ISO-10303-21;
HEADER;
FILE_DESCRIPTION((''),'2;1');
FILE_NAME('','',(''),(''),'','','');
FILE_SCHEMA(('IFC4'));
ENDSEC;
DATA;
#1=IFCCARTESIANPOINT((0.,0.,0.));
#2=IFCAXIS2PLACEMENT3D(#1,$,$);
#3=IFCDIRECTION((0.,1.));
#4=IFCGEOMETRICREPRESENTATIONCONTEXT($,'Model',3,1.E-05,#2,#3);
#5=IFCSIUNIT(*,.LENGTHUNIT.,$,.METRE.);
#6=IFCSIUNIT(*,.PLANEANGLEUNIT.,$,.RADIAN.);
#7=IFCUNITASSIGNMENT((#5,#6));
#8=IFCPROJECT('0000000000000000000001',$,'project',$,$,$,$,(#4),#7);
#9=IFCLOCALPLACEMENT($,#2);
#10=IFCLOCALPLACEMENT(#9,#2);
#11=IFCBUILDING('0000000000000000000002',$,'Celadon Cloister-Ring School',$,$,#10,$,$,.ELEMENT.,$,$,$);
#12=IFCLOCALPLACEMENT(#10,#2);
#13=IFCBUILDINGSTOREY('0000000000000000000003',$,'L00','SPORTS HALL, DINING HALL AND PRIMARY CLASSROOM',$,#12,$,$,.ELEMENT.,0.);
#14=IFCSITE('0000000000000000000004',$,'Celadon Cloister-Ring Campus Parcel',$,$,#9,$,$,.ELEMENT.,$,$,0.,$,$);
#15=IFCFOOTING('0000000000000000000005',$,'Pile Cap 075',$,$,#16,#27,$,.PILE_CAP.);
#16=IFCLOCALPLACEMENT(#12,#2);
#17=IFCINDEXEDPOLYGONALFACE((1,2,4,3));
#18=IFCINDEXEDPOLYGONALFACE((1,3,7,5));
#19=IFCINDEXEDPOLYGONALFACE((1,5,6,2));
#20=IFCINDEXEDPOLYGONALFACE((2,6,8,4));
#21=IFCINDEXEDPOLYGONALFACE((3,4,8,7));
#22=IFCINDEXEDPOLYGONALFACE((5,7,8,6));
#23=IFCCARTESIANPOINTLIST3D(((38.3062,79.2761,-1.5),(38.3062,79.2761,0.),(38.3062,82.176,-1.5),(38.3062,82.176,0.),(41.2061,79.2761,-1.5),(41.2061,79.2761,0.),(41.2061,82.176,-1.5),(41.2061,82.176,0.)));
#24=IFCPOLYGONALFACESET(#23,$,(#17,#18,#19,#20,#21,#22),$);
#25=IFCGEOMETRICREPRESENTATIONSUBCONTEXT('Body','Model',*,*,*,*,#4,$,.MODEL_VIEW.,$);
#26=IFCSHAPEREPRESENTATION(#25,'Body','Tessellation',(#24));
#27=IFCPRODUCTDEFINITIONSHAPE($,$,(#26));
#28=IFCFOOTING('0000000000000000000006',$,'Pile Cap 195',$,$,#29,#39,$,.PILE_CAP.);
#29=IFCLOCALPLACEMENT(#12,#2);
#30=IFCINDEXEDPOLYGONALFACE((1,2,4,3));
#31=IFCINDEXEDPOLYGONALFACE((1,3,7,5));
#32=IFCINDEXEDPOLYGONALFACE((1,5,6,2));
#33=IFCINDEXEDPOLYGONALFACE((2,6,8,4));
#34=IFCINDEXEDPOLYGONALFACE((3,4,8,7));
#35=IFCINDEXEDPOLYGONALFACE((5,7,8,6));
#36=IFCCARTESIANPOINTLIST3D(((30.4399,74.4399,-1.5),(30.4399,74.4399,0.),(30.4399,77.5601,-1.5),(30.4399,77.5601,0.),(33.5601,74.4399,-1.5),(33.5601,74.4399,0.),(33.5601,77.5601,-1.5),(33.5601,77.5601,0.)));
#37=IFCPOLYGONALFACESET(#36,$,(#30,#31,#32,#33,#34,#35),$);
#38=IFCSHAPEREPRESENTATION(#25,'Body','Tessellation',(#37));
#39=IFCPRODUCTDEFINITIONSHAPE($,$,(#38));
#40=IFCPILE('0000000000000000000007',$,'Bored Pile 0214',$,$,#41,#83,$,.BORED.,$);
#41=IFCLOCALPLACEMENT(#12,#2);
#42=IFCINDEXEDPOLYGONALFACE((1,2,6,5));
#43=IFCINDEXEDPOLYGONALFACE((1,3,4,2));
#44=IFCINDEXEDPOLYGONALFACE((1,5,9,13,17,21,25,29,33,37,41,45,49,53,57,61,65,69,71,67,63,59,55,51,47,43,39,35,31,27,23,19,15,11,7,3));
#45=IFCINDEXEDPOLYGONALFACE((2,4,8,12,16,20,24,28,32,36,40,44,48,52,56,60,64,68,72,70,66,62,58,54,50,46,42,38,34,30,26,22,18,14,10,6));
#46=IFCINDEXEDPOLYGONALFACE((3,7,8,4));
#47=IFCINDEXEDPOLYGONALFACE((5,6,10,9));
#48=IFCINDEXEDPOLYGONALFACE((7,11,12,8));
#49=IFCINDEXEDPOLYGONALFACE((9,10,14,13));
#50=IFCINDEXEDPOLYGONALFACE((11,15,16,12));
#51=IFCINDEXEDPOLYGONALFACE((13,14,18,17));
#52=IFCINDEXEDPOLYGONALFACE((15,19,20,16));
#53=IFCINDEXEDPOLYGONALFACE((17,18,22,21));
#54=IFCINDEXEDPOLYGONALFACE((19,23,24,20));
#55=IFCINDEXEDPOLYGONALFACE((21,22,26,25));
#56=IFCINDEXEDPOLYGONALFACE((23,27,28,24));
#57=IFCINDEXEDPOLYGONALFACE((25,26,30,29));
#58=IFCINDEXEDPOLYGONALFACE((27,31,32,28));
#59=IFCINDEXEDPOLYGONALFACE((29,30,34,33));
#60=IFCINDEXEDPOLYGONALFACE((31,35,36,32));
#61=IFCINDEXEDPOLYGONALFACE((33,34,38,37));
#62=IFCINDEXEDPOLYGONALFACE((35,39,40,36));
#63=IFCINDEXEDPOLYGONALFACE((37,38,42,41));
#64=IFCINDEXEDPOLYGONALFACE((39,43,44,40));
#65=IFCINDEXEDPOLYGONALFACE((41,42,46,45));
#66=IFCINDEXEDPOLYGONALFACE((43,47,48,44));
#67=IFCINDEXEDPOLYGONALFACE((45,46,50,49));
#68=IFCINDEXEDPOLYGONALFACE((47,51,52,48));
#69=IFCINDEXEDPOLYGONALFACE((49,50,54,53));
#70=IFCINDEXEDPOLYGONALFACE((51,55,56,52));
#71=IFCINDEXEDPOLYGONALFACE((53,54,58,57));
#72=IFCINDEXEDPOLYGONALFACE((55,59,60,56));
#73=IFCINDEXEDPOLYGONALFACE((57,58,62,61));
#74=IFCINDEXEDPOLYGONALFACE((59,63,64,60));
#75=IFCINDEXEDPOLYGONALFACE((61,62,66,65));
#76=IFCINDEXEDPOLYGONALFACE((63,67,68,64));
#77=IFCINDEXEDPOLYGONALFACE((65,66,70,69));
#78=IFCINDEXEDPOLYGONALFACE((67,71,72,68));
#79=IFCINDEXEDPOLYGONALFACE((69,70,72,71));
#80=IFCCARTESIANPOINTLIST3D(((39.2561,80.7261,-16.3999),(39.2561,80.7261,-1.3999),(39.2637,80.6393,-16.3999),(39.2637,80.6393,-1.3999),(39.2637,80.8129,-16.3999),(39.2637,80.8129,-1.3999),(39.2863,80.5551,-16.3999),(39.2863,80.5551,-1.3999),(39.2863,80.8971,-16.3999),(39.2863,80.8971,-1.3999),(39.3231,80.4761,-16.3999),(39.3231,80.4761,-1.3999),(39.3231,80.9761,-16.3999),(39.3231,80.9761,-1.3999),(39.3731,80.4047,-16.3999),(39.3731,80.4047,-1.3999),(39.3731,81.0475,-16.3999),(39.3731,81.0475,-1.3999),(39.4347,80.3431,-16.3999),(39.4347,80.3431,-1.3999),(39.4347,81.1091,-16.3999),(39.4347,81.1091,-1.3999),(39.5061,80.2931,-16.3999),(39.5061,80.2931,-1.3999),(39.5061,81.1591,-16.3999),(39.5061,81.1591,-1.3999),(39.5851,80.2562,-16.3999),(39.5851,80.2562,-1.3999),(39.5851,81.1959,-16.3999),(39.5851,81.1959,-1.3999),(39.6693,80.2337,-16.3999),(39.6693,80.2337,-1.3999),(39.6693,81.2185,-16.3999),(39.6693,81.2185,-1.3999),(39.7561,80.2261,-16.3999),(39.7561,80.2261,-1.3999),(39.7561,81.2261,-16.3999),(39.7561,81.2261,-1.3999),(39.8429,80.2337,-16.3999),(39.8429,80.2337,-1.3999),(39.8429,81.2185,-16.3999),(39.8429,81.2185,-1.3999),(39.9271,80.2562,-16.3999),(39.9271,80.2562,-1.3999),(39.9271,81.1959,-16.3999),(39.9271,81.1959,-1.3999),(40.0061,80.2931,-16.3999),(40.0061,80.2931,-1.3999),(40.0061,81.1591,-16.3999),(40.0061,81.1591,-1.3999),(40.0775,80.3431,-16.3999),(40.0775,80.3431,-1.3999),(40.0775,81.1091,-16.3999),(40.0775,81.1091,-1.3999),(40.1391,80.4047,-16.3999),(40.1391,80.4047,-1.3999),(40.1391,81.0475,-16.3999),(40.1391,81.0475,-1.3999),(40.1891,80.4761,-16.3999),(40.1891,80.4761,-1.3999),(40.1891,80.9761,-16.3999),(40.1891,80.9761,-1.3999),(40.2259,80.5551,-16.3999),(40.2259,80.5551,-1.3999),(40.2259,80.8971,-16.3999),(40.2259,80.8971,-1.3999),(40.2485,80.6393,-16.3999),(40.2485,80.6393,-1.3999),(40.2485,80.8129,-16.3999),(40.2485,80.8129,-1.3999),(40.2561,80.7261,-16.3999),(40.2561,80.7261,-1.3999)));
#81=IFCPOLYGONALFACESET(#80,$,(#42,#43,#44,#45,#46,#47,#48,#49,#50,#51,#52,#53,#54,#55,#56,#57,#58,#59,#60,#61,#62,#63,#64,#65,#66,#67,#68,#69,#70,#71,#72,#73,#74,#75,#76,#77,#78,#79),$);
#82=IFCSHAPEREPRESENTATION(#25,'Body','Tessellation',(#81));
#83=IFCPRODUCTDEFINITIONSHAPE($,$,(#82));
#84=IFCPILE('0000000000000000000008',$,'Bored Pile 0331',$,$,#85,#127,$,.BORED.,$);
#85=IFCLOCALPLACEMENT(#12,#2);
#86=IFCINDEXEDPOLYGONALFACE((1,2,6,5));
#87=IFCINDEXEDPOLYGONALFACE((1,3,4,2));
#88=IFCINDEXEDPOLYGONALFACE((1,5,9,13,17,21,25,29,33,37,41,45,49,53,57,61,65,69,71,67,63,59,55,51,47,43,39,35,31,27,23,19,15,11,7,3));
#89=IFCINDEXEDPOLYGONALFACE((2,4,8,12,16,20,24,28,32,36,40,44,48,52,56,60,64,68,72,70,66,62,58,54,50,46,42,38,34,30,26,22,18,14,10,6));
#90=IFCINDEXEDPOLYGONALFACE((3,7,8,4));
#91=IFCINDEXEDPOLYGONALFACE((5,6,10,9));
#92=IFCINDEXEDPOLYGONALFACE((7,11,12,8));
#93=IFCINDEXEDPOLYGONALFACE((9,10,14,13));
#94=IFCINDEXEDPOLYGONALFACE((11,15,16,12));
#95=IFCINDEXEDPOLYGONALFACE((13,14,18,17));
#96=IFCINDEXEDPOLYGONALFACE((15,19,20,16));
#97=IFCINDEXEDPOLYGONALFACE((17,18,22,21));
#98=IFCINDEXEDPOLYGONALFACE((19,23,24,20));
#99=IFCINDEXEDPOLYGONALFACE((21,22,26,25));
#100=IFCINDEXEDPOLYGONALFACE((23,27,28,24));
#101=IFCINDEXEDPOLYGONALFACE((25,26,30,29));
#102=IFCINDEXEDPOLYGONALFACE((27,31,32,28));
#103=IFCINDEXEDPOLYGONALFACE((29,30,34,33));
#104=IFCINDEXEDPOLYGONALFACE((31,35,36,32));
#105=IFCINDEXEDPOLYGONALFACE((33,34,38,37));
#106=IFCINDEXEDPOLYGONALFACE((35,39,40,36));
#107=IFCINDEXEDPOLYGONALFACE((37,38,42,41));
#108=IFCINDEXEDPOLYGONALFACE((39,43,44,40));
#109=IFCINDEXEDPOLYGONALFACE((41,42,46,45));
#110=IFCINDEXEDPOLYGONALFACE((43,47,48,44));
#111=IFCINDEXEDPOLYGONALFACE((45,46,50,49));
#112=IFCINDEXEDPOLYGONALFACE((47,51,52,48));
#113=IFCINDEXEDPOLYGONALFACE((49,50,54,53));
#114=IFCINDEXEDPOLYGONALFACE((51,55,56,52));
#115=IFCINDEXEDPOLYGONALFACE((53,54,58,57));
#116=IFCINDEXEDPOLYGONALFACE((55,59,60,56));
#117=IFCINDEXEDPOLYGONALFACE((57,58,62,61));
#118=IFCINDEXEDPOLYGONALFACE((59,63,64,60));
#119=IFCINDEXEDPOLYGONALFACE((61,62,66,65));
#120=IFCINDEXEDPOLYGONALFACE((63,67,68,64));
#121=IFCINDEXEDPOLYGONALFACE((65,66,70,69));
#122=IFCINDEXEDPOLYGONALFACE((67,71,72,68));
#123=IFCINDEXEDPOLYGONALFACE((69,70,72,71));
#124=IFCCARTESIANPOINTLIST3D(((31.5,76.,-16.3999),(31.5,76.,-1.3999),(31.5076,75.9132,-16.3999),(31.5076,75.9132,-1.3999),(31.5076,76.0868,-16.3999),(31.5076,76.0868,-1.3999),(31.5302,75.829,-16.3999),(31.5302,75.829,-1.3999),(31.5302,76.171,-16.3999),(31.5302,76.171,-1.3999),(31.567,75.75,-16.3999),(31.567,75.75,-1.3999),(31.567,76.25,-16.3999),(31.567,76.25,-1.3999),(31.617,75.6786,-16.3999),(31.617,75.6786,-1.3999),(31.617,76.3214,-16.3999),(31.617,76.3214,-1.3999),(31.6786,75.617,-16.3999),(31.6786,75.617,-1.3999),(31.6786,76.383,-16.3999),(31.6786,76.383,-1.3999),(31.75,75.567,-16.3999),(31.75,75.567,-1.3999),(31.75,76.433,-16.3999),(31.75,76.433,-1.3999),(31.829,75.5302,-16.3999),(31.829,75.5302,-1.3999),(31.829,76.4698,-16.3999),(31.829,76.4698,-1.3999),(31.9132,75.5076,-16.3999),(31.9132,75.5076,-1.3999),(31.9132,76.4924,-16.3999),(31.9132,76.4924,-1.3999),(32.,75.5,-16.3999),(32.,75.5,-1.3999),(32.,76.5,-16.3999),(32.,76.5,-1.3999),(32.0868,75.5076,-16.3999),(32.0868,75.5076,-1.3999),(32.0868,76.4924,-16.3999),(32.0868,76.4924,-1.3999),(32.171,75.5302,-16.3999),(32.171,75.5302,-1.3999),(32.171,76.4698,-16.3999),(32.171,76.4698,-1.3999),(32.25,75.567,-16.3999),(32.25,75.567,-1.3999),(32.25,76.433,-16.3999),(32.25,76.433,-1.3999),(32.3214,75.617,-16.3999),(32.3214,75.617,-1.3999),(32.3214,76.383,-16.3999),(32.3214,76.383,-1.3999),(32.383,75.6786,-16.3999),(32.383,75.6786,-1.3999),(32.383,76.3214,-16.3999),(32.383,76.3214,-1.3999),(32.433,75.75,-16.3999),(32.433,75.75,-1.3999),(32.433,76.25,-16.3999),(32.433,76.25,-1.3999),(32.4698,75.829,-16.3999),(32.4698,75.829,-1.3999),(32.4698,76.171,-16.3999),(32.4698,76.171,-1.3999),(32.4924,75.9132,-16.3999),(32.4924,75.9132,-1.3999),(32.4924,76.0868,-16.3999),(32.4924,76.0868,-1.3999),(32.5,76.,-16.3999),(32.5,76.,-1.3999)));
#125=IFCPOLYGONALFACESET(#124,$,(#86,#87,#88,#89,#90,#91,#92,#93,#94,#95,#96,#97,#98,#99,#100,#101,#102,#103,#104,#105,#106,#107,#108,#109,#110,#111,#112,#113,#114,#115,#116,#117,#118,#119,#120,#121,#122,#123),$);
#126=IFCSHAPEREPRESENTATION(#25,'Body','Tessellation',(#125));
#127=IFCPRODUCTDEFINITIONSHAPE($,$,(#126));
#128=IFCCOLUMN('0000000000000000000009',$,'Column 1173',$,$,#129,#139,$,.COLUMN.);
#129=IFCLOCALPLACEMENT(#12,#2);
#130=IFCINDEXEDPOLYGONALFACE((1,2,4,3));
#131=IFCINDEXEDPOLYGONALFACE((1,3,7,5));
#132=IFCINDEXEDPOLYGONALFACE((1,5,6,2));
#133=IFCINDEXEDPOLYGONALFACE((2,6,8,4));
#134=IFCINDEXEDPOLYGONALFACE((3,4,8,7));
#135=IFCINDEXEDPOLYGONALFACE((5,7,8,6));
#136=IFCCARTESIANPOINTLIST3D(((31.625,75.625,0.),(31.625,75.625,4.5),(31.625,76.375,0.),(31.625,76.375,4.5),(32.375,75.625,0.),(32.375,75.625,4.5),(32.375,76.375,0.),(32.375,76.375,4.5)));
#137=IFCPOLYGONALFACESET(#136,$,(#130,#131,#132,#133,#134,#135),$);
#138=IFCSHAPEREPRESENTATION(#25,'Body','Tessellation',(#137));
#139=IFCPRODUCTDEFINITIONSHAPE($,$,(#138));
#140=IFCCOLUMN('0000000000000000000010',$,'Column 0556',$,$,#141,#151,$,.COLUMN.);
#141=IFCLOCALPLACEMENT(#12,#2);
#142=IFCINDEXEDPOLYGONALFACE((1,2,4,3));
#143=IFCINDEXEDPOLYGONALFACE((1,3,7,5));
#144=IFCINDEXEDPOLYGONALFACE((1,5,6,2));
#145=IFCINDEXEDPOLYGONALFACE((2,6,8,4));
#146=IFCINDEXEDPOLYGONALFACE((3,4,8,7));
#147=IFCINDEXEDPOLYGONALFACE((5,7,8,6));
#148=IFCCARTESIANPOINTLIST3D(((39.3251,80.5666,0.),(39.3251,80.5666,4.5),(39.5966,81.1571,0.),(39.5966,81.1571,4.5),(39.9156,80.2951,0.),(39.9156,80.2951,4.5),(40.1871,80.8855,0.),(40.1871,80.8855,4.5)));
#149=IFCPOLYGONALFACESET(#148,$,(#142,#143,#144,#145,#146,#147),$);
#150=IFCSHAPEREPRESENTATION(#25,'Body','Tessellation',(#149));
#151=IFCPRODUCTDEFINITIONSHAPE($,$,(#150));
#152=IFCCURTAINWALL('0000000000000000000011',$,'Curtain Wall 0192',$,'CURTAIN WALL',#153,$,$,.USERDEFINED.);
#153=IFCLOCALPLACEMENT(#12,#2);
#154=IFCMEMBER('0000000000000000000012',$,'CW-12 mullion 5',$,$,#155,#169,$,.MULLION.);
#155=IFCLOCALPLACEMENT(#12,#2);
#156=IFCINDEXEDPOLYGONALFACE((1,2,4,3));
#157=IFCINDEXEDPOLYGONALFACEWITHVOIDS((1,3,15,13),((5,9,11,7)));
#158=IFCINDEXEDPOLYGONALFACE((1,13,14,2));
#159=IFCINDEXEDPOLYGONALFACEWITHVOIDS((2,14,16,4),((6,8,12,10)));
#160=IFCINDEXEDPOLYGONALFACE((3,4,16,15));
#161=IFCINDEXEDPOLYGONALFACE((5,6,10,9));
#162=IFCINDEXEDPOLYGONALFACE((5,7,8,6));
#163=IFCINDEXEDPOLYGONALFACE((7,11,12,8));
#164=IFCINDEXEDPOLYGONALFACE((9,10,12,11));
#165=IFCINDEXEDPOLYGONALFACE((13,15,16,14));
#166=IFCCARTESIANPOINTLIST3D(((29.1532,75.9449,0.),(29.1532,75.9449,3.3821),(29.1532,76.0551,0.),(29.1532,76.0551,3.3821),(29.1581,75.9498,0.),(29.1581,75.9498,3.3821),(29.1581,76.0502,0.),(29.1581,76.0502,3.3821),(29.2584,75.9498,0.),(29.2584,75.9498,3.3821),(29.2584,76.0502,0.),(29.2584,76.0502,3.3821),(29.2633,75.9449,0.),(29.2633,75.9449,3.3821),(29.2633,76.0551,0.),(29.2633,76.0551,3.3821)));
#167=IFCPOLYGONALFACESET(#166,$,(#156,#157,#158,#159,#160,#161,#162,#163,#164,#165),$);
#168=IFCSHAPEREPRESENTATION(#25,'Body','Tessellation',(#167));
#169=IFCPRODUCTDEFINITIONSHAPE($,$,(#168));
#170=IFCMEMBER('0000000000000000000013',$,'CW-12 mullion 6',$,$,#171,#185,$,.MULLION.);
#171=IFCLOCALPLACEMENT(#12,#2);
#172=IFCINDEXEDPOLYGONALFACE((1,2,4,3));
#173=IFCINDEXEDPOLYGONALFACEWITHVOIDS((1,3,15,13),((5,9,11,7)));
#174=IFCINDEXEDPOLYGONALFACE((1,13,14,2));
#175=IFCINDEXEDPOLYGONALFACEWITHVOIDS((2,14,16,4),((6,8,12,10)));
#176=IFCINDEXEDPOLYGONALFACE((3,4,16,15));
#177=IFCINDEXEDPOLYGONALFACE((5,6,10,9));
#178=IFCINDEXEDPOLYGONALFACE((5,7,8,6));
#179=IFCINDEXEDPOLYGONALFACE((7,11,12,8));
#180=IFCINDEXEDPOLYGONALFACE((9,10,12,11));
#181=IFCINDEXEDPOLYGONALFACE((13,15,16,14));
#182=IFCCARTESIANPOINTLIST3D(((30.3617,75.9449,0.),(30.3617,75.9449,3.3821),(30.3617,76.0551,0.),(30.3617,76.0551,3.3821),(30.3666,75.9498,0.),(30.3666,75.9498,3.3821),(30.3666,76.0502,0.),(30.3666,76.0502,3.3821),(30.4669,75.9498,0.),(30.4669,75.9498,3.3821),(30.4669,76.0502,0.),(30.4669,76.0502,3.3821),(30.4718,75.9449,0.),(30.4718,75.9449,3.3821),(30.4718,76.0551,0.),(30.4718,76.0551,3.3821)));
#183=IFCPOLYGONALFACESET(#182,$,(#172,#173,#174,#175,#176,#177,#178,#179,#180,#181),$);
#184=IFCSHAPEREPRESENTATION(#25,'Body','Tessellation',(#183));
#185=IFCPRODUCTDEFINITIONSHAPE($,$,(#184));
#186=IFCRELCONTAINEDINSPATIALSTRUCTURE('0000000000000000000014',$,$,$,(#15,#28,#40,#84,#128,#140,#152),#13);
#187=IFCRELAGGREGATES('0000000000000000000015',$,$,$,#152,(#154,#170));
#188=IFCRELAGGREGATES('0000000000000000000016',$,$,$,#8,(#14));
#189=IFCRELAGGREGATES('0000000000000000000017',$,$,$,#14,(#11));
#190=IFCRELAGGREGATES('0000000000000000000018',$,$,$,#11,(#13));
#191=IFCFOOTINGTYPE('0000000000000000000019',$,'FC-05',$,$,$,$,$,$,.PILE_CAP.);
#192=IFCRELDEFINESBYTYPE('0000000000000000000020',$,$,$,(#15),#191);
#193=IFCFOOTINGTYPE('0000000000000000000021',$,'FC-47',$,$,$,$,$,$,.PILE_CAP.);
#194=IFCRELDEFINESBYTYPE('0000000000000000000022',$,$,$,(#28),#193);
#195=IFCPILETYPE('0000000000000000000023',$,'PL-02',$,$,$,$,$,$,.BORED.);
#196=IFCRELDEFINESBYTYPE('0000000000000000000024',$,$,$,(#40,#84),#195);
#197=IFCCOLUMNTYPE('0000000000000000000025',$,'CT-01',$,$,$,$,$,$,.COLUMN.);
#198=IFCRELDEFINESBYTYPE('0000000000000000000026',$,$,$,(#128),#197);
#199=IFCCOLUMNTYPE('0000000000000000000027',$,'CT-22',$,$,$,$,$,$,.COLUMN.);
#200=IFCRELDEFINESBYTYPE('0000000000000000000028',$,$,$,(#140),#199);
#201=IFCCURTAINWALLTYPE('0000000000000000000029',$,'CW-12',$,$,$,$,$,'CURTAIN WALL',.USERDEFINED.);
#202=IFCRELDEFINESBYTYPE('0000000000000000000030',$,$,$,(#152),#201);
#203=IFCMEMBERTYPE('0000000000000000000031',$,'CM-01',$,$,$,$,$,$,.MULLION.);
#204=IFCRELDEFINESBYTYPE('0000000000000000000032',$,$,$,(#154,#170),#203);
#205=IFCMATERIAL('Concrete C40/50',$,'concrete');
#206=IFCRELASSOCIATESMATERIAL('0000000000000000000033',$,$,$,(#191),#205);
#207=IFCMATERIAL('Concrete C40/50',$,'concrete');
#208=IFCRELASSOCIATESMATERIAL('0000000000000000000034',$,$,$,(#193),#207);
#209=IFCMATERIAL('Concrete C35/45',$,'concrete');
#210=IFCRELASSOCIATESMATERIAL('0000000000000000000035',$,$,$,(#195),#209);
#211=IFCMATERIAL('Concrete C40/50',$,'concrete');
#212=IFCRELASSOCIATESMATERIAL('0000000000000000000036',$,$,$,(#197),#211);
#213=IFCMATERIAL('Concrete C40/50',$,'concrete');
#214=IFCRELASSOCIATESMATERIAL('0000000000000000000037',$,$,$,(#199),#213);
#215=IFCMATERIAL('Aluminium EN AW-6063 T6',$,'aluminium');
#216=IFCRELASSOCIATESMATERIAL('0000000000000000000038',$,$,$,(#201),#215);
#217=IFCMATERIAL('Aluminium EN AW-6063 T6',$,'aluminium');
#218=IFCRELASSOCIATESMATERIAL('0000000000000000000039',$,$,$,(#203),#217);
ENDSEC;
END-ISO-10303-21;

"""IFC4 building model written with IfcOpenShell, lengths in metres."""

from ifc_helpers import new_model, si_unit, direction, frame, origin, origin_2d, place, context, subcontext, project, spatial, rectangle, hollow_rectangle, circle, extrude, material, material_profile, profile_set, type_object, element, aggregate, save


model = new_model("IFC4")

# Units and contexts
model_context = context("Model", 3, precision=1e-05, world=origin(), true_north=direction((0.0, 1.0)))
body_context = subcontext(model_context, "Body", "Model", "MODEL_VIEW")
ifc_project = project(units=[si_unit("LENGTHUNIT", "METRE"), si_unit("PLANEANGLEUNIT", "RADIAN")], contexts=[model_context])

# Site, building, storey
site_placement = place(None, origin())
site = spatial("IfcSite", under=ifc_project, at=site_placement, Name="Celadon Cloister-Ring Campus Parcel", CompositionType="ELEMENT", RefElevation=0.0)
building_placement = place(site_placement, origin())
building = spatial("IfcBuilding", under=site, at=building_placement, Name="Celadon Cloister-Ring School", CompositionType="ELEMENT")
storey_placement = place(building_placement, origin())
storey = spatial("IfcBuildingStorey", under=building, at=storey_placement, Name="L00", Description="SPORTS HALL, DINING HALL AND PRIMARY CLASSROOM", CompositionType="ELEMENT", Elevation=0.0)

# Footings
ifc_material_1 = material(Name="Concrete C40/50", Category="concrete")
footing_type_1 = type_object("IfcFootingType", Name="FC-05", PredefinedType="PILE_CAP", material=ifc_material_1)
footing_1_placement = place(storey_placement, frame((39.7561, 80.7261, -1.5), z_axis=(0.0, 0.0, 1.0), x_axis=(1.0, 0.0, 0.0)))
element("IfcFooting", 1, at=footing_1_placement, inside=storey, type_object=footing_type_1, Name="Pile Cap 075", PredefinedType="PILE_CAP", context=body_context, shape_type="SweptSolid", body=[
    extrude(rectangle(XDim=2.8999, YDim=2.8999, at=origin_2d()), origin(), (0.0, 0.0, 1.0), 1.5),
])
ifc_material_2 = material(Name="Concrete C40/50", Category="concrete")
footing_type_2 = type_object("IfcFootingType", Name="FC-47", PredefinedType="PILE_CAP", material=ifc_material_2)
footing_2_placement = place(storey_placement, frame((32.0, 76.0, -1.5), z_axis=(0.0, 0.0, 1.0), x_axis=(1.0, 0.0, 0.0)))
element("IfcFooting", 2, at=footing_2_placement, inside=storey, type_object=footing_type_2, Name="Pile Cap 195", PredefinedType="PILE_CAP", context=body_context, shape_type="SweptSolid", body=[
    extrude(rectangle(XDim=3.1201, YDim=3.1201, at=origin_2d()), origin(), (0.0, 0.0, 1.0), 1.5),
])

# Piles
ifc_material_3 = material(Name="Concrete C35/45", Category="concrete")
ifc_material_profile_1 = material_profile(ifc_material_3, circle(Radius=0.5, at=origin_2d()), Name="PILE1000")
ifc_profile_set_1 = profile_set([ifc_material_profile_1], Name="Concrete C35/45")
pile_type = type_object("IfcPileType", Name="PL-02", PredefinedType="BORED", material=ifc_profile_set_1)
for number, where, z_axis, x_axis, name in (
    (3, (39.7561, 80.7261, -1.3999), (0.0, 0.0, -1.0), (1.0, 0.0, 0.0), "Bored Pile 0214"),
    (4, (32.0, 76.0, -1.3999), (0.0, 0.0, -1.0), (1.0, 0.0, 0.0), "Bored Pile 0331"),
):
    element("IfcPile", number, at=place(storey_placement, frame(where, z_axis=z_axis, x_axis=x_axis)), inside=storey, type_object=pile_type, Name=name, PredefinedType="BORED", context=body_context, shape_type="SweptSolid", body=[
        extrude(circle(Radius=0.5, at=origin_2d()), origin(), (0.0, 0.0, 1.0), 15.0),
    ])

# Columns
ifc_material_4 = material(Name="Concrete C40/50", Category="concrete")
ifc_material_profile_2 = material_profile(ifc_material_4, rectangle(XDim=0.75, YDim=0.75, at=origin_2d()), Name="RC750X750")
ifc_profile_set_2 = profile_set([ifc_material_profile_2], Name="Concrete C40/50")
column_type_1 = type_object("IfcColumnType", Name="CT-01", PredefinedType="COLUMN", material=ifc_profile_set_2)
column_1_placement = place(storey_placement, frame((32.0, 76.0, 0.0), z_axis=(0.0, 0.0, 1.0), x_axis=(1.0, 0.0, 0.0)))
element("IfcColumn", 5, at=column_1_placement, inside=storey, type_object=column_type_1, Name="Column 1173", PredefinedType="COLUMN", context=body_context, shape_type="SweptSolid", body=[
    extrude(rectangle(XDim=0.75, YDim=0.75, at=origin_2d()), origin(), (0.0, 0.0, 1.0), 4.5),
])
ifc_material_5 = material(Name="Concrete C40/50", Category="concrete")
ifc_material_profile_3 = material_profile(ifc_material_5, rectangle(XDim=0.6499, YDim=0.6499, at=origin_2d()), Name="RC650X650")
ifc_profile_set_3 = profile_set([ifc_material_profile_3], Name="Concrete C40/50")
column_type_2 = type_object("IfcColumnType", Name="CT-22", PredefinedType="COLUMN", material=ifc_profile_set_3)
column_2_placement = place(storey_placement, frame((39.7561, 80.7261, 0.0), z_axis=(0.0, 0.0, 1.0), x_axis=(-0.908537, 0.417804, 0.0)))
element("IfcColumn", 6, at=column_2_placement, inside=storey, type_object=column_type_2, Name="Column 0556", PredefinedType="COLUMN", context=body_context, shape_type="SweptSolid", body=[
    extrude(rectangle(XDim=0.6499, YDim=0.6499, at=origin_2d()), origin(), (0.0, 0.0, 1.0), 4.5),
])

# Curtain wall, members
ifc_material_6 = material(Name="Aluminium EN AW-6063 T6", Category="aluminium")
curtain_wall_type = type_object("IfcCurtainWallType", Name="CW-12", ElementType="CURTAIN WALL", PredefinedType="USERDEFINED", material=ifc_material_6)
curtain_wall_placement = place(storey_placement, origin())
curtain_wall = element("IfcCurtainWall", 7, at=curtain_wall_placement, inside=storey, type_object=curtain_wall_type, Name="Curtain Wall 0192", ObjectType="CURTAIN WALL", PredefinedType="USERDEFINED")
ifc_material_7 = material(Name="Aluminium EN AW-6063 T6", Category="aluminium")
ifc_material_profile_4 = material_profile(ifc_material_7, hollow_rectangle(XDim=0.1101, YDim=0.1101, WallThickness=0.0049, at=origin_2d()), Name="RHS110X110X5")
ifc_profile_set_4 = profile_set([ifc_material_profile_4], Name="Aluminium EN AW-6063 T6")
member_type_1 = type_object("IfcMemberType", Name="CM-01", PredefinedType="MULLION", material=ifc_profile_set_4)
member_1_placement = place(storey_placement, frame((29.2083, 76.0, 0.0), z_axis=(0.0, 0.0, 1.0), x_axis=(0.0, 1.0, 0.0)))
member_1 = element("IfcMember", 8, at=member_1_placement, type_object=member_type_1, Name="CW-12 mullion 5", PredefinedType="MULLION", context=body_context, shape_type="SweptSolid", body=[
    extrude(hollow_rectangle(XDim=0.1101, YDim=0.1101, WallThickness=0.0049, at=origin_2d()), origin(), (0.0, 0.0, 1.0), 3.3821),
])
member_2_placement = place(storey_placement, frame((30.4167, 76.0, 0.0), z_axis=(0.0, 0.0, 1.0), x_axis=(0.0, 1.0, 0.0)))
member_2 = element("IfcMember", 9, at=member_2_placement, type_object=member_type_1, Name="CW-12 mullion 6", PredefinedType="MULLION", context=body_context, shape_type="SweptSolid", body=[
    extrude(hollow_rectangle(XDim=0.1101, YDim=0.1101, WallThickness=0.0049, at=origin_2d()), origin(), (0.0, 0.0, 1.0), 3.3821),
])

aggregate(curtain_wall, [member_1, member_2])

save(model, "model.ifc")
